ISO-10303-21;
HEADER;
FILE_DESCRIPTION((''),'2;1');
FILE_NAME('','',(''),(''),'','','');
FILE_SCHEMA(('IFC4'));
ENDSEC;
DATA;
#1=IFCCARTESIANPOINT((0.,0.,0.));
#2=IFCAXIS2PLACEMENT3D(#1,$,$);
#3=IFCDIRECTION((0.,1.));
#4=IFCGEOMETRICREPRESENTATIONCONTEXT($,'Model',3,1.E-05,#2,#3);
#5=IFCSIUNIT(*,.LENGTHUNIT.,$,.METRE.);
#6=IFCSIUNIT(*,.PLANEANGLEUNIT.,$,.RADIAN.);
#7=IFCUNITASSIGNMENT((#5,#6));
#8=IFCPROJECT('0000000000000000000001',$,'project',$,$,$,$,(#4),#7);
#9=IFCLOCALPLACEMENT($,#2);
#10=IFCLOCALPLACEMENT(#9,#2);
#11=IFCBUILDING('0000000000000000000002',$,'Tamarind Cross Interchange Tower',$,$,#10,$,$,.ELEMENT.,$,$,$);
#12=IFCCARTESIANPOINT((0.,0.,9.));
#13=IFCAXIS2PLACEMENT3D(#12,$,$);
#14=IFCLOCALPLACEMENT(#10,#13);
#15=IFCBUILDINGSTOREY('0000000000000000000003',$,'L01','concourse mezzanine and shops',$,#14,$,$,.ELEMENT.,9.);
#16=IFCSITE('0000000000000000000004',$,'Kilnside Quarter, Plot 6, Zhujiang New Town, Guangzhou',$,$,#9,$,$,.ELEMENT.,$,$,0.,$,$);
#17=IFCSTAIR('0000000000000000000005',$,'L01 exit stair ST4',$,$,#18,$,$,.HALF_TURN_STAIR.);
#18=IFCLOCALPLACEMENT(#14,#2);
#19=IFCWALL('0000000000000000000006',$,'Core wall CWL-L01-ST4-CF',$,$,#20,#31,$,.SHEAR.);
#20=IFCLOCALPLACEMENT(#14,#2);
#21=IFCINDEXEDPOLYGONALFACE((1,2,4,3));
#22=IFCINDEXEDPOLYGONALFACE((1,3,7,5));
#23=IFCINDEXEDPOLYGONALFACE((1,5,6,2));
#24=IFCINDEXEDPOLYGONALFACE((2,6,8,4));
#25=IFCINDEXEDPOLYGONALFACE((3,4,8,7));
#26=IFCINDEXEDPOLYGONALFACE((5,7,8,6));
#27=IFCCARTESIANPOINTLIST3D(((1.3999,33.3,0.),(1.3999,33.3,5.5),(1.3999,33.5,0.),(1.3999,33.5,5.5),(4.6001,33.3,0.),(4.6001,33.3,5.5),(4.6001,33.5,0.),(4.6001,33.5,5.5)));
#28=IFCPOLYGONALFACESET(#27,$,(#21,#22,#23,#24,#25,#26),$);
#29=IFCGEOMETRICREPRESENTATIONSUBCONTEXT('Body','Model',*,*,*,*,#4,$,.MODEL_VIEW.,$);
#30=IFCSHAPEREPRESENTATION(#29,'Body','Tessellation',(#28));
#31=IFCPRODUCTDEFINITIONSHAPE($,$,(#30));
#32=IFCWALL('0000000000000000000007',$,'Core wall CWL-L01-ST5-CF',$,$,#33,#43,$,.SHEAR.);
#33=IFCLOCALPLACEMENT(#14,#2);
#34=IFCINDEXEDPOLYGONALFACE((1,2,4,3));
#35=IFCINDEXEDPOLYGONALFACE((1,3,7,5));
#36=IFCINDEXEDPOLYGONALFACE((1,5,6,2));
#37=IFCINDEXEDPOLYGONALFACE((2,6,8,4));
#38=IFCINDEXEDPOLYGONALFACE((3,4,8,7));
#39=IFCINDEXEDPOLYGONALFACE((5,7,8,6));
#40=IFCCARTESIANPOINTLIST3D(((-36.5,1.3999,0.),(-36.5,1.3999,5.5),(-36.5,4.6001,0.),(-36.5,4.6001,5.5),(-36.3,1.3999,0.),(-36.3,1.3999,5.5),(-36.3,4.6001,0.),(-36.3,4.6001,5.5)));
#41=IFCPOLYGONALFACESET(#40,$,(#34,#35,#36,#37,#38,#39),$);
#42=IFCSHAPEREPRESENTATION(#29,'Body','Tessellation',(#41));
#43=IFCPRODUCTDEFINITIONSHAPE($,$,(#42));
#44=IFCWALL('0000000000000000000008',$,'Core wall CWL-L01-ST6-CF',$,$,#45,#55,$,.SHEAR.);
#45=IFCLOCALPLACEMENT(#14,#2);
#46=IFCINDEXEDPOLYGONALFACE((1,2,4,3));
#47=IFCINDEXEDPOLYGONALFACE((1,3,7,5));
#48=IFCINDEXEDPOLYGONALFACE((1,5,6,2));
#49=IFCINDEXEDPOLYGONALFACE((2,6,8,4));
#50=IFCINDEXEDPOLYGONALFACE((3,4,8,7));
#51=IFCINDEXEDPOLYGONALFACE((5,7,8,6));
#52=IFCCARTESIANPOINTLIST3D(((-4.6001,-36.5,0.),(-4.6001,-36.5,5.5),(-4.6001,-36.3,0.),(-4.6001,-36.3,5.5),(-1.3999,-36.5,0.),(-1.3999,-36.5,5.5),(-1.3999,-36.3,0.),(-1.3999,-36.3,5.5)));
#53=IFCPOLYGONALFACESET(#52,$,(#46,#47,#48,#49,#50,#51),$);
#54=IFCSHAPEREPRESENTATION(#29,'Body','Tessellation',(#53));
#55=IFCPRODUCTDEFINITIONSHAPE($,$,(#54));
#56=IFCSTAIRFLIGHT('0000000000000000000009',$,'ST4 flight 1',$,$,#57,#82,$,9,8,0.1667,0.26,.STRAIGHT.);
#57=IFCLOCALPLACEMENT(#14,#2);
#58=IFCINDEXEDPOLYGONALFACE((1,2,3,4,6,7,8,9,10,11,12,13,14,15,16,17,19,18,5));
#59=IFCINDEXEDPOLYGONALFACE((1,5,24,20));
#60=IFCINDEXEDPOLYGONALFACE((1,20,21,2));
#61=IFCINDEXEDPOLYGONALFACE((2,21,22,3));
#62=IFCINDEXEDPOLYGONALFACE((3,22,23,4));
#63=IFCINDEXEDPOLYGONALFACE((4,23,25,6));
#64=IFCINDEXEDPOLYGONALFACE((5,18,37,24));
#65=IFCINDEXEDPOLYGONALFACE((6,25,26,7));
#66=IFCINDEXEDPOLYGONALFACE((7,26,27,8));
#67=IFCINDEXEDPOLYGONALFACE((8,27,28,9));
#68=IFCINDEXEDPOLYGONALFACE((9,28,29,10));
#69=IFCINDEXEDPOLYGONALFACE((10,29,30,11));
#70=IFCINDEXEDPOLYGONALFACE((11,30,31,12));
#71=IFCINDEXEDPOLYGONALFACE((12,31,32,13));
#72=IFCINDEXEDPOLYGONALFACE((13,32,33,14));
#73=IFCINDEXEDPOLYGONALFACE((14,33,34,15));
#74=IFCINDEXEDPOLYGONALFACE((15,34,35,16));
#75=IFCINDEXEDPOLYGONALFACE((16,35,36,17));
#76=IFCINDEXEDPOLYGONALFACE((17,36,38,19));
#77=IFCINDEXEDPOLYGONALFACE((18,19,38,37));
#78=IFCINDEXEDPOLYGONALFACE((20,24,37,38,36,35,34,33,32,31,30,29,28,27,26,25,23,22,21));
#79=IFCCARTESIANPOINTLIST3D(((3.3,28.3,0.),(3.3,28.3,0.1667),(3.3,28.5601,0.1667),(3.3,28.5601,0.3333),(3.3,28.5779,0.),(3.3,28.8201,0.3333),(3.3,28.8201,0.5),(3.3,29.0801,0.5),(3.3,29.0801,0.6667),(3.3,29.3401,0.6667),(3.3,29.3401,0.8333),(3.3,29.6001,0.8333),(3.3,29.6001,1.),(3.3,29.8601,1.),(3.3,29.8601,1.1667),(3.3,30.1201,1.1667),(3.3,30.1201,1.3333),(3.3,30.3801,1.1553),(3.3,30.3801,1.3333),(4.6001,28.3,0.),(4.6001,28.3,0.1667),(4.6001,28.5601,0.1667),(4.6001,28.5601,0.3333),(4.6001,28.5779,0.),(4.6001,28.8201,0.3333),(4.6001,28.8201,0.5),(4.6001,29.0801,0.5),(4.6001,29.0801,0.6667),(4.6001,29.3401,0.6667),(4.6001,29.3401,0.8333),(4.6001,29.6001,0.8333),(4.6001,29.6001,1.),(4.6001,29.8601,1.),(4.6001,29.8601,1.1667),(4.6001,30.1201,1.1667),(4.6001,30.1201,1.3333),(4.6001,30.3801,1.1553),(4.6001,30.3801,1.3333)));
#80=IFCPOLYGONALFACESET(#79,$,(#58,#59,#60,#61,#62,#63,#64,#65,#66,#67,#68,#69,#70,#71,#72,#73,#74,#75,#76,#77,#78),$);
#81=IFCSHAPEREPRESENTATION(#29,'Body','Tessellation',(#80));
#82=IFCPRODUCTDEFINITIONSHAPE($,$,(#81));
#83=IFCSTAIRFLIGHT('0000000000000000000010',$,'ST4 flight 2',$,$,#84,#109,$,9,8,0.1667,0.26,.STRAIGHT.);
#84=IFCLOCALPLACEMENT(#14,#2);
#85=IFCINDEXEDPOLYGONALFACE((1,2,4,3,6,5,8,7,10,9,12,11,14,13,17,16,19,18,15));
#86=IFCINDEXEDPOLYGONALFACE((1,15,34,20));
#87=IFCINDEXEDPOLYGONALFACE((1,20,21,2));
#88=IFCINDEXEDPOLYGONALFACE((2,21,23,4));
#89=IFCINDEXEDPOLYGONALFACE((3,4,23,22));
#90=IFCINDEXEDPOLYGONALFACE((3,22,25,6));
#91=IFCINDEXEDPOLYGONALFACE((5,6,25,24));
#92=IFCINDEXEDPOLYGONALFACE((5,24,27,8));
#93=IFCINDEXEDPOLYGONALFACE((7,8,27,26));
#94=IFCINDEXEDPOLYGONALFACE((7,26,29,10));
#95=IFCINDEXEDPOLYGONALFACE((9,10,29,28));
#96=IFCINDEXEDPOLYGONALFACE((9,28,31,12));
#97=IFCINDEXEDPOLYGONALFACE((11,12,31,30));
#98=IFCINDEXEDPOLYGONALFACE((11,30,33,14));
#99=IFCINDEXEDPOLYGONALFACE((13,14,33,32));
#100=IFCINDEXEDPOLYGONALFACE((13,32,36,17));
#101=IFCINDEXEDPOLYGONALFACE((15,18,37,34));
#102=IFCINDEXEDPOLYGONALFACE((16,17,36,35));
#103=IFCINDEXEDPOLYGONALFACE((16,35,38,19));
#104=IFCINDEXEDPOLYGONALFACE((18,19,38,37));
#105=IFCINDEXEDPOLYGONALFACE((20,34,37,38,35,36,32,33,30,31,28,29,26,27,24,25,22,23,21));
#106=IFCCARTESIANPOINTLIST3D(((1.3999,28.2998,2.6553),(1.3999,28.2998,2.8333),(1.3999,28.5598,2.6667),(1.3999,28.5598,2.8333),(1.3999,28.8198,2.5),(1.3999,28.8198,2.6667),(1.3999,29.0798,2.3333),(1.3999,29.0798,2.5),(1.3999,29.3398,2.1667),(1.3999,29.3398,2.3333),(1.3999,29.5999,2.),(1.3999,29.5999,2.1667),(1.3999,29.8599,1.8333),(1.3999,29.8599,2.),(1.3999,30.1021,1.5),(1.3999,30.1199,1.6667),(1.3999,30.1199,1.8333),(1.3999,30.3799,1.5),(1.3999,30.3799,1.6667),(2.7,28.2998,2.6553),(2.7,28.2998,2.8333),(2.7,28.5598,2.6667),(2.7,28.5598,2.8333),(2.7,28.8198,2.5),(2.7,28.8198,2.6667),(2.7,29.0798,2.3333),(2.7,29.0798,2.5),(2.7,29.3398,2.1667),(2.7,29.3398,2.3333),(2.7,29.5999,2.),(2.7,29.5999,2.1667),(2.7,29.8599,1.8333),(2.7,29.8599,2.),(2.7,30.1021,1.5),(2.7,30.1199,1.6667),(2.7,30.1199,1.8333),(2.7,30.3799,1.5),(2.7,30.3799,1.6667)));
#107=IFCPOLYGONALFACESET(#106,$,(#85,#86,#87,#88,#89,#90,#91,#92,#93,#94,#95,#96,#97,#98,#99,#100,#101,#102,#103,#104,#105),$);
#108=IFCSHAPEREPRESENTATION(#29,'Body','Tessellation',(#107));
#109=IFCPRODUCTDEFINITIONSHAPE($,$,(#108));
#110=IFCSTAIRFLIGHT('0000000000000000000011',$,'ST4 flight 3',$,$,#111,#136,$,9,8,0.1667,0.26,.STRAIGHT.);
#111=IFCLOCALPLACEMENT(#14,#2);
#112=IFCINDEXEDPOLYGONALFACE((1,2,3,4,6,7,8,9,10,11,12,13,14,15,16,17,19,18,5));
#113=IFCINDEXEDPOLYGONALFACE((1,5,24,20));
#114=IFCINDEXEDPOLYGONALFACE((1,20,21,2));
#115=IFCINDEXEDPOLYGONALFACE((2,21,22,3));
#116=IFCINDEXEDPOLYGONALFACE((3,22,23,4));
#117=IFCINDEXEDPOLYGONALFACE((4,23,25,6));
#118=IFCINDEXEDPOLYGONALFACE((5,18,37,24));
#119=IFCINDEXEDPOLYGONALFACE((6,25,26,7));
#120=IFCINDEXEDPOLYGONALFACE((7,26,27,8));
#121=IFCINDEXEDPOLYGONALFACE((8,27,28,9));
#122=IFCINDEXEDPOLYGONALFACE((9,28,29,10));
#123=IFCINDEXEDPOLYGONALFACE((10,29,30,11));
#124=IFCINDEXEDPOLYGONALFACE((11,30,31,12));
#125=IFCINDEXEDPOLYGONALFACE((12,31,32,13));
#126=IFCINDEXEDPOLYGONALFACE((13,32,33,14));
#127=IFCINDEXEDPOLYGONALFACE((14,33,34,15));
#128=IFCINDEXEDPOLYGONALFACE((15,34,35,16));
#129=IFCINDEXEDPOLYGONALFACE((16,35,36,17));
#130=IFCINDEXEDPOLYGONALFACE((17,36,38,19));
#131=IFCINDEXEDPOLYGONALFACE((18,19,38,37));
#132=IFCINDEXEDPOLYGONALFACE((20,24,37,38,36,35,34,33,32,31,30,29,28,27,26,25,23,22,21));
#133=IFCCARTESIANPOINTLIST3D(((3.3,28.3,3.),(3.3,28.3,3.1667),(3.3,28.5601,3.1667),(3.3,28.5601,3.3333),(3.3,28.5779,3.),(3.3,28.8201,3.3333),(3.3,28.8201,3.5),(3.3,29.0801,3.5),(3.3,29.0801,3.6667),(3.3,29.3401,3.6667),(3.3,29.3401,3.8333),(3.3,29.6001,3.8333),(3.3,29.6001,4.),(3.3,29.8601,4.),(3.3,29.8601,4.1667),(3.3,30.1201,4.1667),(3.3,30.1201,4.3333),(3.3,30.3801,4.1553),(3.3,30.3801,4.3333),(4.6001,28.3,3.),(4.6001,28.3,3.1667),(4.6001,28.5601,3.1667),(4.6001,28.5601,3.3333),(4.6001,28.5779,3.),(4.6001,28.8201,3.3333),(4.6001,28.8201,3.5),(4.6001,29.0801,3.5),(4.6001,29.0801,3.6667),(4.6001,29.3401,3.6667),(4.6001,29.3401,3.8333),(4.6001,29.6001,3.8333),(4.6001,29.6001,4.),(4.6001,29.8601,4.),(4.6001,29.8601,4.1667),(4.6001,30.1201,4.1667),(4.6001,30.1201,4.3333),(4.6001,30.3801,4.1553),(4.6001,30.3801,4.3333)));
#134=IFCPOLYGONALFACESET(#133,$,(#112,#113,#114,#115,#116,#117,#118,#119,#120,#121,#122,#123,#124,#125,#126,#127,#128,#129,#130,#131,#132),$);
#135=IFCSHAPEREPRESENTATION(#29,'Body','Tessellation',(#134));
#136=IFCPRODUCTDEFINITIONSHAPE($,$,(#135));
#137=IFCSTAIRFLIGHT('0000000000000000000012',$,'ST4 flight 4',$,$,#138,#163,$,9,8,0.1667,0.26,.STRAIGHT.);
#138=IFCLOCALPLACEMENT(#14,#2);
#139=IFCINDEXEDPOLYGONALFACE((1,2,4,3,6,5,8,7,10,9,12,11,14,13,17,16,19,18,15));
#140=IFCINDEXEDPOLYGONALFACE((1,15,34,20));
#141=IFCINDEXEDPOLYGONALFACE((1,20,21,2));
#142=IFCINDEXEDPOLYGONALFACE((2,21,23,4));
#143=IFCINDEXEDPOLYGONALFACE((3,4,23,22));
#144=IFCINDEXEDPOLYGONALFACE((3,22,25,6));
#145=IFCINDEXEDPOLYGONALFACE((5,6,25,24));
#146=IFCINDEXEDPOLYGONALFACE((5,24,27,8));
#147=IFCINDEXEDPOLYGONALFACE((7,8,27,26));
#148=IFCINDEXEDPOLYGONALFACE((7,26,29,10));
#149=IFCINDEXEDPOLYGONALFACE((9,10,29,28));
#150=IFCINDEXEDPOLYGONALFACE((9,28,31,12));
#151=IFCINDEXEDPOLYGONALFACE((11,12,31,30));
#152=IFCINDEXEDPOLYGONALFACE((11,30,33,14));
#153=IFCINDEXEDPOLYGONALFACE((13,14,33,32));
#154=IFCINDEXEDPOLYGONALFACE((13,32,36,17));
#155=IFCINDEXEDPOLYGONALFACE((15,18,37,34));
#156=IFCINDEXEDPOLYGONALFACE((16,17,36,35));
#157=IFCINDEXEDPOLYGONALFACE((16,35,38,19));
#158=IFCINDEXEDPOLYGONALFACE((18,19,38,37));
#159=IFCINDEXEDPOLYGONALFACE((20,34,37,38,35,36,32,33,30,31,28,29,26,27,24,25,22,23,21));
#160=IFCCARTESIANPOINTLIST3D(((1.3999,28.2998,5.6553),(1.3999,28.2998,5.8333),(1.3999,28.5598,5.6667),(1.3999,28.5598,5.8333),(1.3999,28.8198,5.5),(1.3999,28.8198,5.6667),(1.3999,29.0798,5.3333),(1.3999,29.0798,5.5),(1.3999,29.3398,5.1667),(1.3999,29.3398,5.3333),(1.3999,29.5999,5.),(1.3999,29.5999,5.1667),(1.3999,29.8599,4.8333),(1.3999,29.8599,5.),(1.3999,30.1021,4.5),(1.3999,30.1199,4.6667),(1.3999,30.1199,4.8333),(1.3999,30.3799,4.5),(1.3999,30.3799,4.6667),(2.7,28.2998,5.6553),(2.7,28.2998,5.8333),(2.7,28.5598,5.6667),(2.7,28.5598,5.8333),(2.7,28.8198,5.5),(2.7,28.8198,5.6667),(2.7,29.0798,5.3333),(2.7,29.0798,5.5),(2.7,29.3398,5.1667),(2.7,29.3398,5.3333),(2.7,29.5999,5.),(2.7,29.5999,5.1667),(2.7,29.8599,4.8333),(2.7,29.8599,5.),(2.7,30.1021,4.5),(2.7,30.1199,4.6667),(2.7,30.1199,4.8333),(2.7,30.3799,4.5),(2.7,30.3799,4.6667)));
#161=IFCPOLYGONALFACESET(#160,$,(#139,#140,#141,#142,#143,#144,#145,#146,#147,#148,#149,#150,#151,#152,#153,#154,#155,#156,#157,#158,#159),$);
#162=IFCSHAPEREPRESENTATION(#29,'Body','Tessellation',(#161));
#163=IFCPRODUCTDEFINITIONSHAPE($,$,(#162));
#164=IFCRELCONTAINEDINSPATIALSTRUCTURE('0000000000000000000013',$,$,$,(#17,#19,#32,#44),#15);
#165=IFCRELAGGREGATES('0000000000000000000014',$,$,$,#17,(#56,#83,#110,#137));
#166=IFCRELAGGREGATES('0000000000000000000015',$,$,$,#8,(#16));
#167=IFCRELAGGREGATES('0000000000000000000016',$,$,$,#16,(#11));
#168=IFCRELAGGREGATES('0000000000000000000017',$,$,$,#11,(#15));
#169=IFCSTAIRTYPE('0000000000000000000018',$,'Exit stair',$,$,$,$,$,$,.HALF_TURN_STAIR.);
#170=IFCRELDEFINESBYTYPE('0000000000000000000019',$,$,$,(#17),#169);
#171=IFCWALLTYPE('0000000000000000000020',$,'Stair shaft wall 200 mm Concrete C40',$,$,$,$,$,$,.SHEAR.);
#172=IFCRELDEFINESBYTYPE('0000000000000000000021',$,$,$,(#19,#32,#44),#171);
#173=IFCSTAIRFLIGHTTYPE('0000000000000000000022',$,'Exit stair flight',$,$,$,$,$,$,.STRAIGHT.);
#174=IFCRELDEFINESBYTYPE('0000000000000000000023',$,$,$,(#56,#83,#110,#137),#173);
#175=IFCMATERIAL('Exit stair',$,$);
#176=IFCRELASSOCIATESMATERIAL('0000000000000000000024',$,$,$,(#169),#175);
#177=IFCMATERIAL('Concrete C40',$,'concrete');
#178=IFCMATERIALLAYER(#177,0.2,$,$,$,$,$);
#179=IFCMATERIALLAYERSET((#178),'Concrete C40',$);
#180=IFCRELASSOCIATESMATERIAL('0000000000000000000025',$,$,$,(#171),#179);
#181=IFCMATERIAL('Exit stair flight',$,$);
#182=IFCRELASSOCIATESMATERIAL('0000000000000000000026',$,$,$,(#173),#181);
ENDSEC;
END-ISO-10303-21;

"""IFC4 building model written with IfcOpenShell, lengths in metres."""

from ifc_helpers import new_model, si_unit, direction, frame, origin, place, context, subcontext, project, spatial, polyline, outline, extrude, material, layer, layer_set, type_object, element, aggregate, save


model = new_model("IFC4")

# Units and contexts
model_context = context("Model", 3, precision=1e-05, world=origin(), true_north=direction((0.0, 1.0)))
body_context = subcontext(model_context, "Body", "Model", "MODEL_VIEW")
ifc_project = project(units=[si_unit("LENGTHUNIT", "METRE"), si_unit("PLANEANGLEUNIT", "RADIAN")], contexts=[model_context])

# Site, building, storey
site_placement = place(None, origin())
site = spatial("IfcSite", under=ifc_project, at=site_placement, Name="Kilnside Quarter, Plot 6, Zhujiang New Town, Guangzhou", CompositionType="ELEMENT", RefElevation=0.0)
building_placement = place(site_placement, origin())
building = spatial("IfcBuilding", under=site, at=building_placement, Name="Tamarind Cross Interchange Tower", CompositionType="ELEMENT")
storey_placement = place(building_placement, frame((0.0, 0.0, 9.0)))
storey = spatial("IfcBuildingStorey", under=building, at=storey_placement, Name="L01", Description="concourse mezzanine and shops", CompositionType="ELEMENT", Elevation=9.0)

# Stair
ifc_material_1 = material(Name="Exit stair")
stair_type = type_object("IfcStairType", Name="Exit stair", PredefinedType="HALF_TURN_STAIR", material=ifc_material_1)
stair_1_placement = place(storey_placement, origin())
stair_1 = element("IfcStair", 1, at=stair_1_placement, inside=storey, type_object=stair_type, Name="L01 exit stair ST4", PredefinedType="HALF_TURN_STAIR")
ifc_material_2 = material(Name="Concrete C40", Category="concrete")

# Shared definitions
ifc_layer_1 = layer(ifc_material_2, 0.2)
ifc_layer_set_1 = layer_set([ifc_layer_1], Name="Concrete C40")
wall_type = type_object("IfcWallType", Name="Stair shaft wall 200 mm Concrete C40", PredefinedType="SHEAR", material=ifc_layer_set_1)

# Walls
wall_1_placement = place(storey_placement, origin())
element("IfcWall", 2, at=wall_1_placement, inside=storey, type_object=wall_type, Name="Core wall CWL-L01-ST4-CF", PredefinedType="SHEAR", context=body_context, shape_type="SweptSolid", body=[
    extrude(outline(polyline([(4.6001, 33.3), (4.6001, 33.5), (1.3999, 33.5), (1.3999, 33.3), (4.6001, 33.3)])), origin(), (0.0, 0.0, 1.0), 5.5),
])
wall_2_placement = place(storey_placement, origin())
element("IfcWall", 3, at=wall_2_placement, inside=storey, type_object=wall_type, Name="Core wall CWL-L01-ST5-CF", PredefinedType="SHEAR", context=body_context, shape_type="SweptSolid", body=[
    extrude(outline(polyline([(-36.3, 4.6001), (-36.5, 4.6001), (-36.5, 1.3999), (-36.3, 1.3999), (-36.3, 4.6001)])), origin(), (0.0, 0.0, 1.0), 5.5),
])
wall_3_placement = place(storey_placement, origin())
element("IfcWall", 4, at=wall_3_placement, inside=storey, type_object=wall_type, Name="Core wall CWL-L01-ST6-CF", PredefinedType="SHEAR", context=body_context, shape_type="SweptSolid", body=[
    extrude(outline(polyline([(-4.6001, -36.3), (-4.6001, -36.5), (-1.3999, -36.5), (-1.3999, -36.3), (-4.6001, -36.3)])), origin(), (0.0, 0.0, 1.0), 5.5),
])

# Stair flights
ifc_material_3 = material(Name="Exit stair flight")
stair_flight_type = type_object("IfcStairFlightType", Name="Exit stair flight", PredefinedType="STRAIGHT", material=ifc_material_3)
stair_flight_1_placement = place(storey_placement, frame((3.95, 28.3, 0.0), z_axis=(0.0, 0.0, 1.0), x_axis=(0.0, 1.0, 0.0)))
stair_flight_1 = element("IfcStairFlight", 5, at=stair_flight_1_placement, type_object=stair_flight_type, Name="ST4 flight 1", NumberOfRisers=9, NumberOfTreads=8, PredefinedType="STRAIGHT", RiserHeight=0.1667, TreadLength=0.26, context=body_context, shape_type="SweptSolid", body=[
    extrude(outline(polyline([(0.0, 0.0), (0.0, 0.1667), (0.26, 0.1667), (0.26, 0.3333), (0.52, 0.3333), (0.52, 0.5), (0.78, 0.5), (0.78, 0.6667), (1.04, 0.6667), (1.04, 0.8333), (1.3, 0.8333), (1.3, 1.0), (1.5601, 1.0), (1.5601, 1.1667), (1.8201, 1.1667), (1.8201, 1.3333), (2.0801, 1.3333), (2.0801, 1.5), (2.0801, 1.1553), (0.2778, 0.0), (0.0, 0.0)])), frame((0.0, 0.6499, 0.0), z_axis=(0.0, -1.0, 0.0), x_axis=(1.0, 0.0, 0.0)), (0.0, 0.0, 1.0), 1.3),
])
stair_flight_2_placement = place(storey_placement, frame((2.05, 30.3799, 1.5), z_axis=(0.0, 0.0, 1.0), x_axis=(0.0, -1.0, 0.0)))
stair_flight_2 = element("IfcStairFlight", 6, at=stair_flight_2_placement, type_object=stair_flight_type, Name="ST4 flight 2", NumberOfRisers=9, NumberOfTreads=8, PredefinedType="STRAIGHT", RiserHeight=0.1667, TreadLength=0.26, context=body_context, shape_type="SweptSolid", body=[
    extrude(outline(polyline([(0.0, 0.0), (0.0, 0.1667), (0.26, 0.1667), (0.26, 0.3333), (0.52, 0.3333), (0.52, 0.5), (0.78, 0.5), (0.78, 0.6667), (1.04, 0.6667), (1.04, 0.8333), (1.3, 0.8333), (1.3, 1.0), (1.5601, 1.0), (1.5601, 1.1667), (1.8201, 1.1667), (1.8201, 1.3333), (2.0801, 1.3333), (2.0801, 1.5), (2.0801, 1.1553), (0.2778, 0.0), (0.0, 0.0)])), frame((0.0, 0.6499, 0.0), z_axis=(0.0, -1.0, 0.0), x_axis=(1.0, 0.0, 0.0)), (0.0, 0.0, 1.0), 1.3),
])
stair_flight_3_placement = place(storey_placement, frame((3.95, 28.3, 3.0), z_axis=(0.0, 0.0, 1.0), x_axis=(0.0, 1.0, 0.0)))
stair_flight_3 = element("IfcStairFlight", 7, at=stair_flight_3_placement, type_object=stair_flight_type, Name="ST4 flight 3", NumberOfRisers=9, NumberOfTreads=8, PredefinedType="STRAIGHT", RiserHeight=0.1667, TreadLength=0.26, context=body_context, shape_type="SweptSolid", body=[
    extrude(outline(polyline([(0.0, 0.0), (0.0, 0.1667), (0.26, 0.1667), (0.26, 0.3333), (0.52, 0.3333), (0.52, 0.5), (0.78, 0.5), (0.78, 0.6667), (1.04, 0.6667), (1.04, 0.8333), (1.3, 0.8333), (1.3, 1.0), (1.5601, 1.0), (1.5601, 1.1667), (1.8201, 1.1667), (1.8201, 1.3333), (2.0801, 1.3333), (2.0801, 1.5), (2.0801, 1.1553), (0.2778, 0.0), (0.0, 0.0)])), frame((0.0, 0.6499, 0.0), z_axis=(0.0, -1.0, 0.0), x_axis=(1.0, 0.0, 0.0)), (0.0, 0.0, 1.0), 1.3),
])
stair_flight_4_placement = place(storey_placement, frame((2.05, 30.3799, 4.5), z_axis=(0.0, 0.0, 1.0), x_axis=(0.0, -1.0, 0.0)))
stair_flight_4 = element("IfcStairFlight", 8, at=stair_flight_4_placement, type_object=stair_flight_type, Name="ST4 flight 4", NumberOfRisers=9, NumberOfTreads=8, PredefinedType="STRAIGHT", RiserHeight=0.1667, TreadLength=0.26, context=body_context, shape_type="SweptSolid", body=[
    extrude(outline(polyline([(0.0, 0.0), (0.0, 0.1667), (0.26, 0.1667), (0.26, 0.3333), (0.52, 0.3333), (0.52, 0.5), (0.78, 0.5), (0.78, 0.6667), (1.04, 0.6667), (1.04, 0.8333), (1.3, 0.8333), (1.3, 1.0), (1.5601, 1.0), (1.5601, 1.1667), (1.8201, 1.1667), (1.8201, 1.3333), (2.0801, 1.3333), (2.0801, 1.5), (2.0801, 1.1553), (0.2778, 0.0), (0.0, 0.0)])), frame((0.0, 0.6499, 0.0), z_axis=(0.0, -1.0, 0.0), x_axis=(1.0, 0.0, 0.0)), (0.0, 0.0, 1.0), 1.3),
])
aggregate(stair_1, [stair_flight_1, stair_flight_2, stair_flight_3, stair_flight_4])

save(model, "model.ifc")
